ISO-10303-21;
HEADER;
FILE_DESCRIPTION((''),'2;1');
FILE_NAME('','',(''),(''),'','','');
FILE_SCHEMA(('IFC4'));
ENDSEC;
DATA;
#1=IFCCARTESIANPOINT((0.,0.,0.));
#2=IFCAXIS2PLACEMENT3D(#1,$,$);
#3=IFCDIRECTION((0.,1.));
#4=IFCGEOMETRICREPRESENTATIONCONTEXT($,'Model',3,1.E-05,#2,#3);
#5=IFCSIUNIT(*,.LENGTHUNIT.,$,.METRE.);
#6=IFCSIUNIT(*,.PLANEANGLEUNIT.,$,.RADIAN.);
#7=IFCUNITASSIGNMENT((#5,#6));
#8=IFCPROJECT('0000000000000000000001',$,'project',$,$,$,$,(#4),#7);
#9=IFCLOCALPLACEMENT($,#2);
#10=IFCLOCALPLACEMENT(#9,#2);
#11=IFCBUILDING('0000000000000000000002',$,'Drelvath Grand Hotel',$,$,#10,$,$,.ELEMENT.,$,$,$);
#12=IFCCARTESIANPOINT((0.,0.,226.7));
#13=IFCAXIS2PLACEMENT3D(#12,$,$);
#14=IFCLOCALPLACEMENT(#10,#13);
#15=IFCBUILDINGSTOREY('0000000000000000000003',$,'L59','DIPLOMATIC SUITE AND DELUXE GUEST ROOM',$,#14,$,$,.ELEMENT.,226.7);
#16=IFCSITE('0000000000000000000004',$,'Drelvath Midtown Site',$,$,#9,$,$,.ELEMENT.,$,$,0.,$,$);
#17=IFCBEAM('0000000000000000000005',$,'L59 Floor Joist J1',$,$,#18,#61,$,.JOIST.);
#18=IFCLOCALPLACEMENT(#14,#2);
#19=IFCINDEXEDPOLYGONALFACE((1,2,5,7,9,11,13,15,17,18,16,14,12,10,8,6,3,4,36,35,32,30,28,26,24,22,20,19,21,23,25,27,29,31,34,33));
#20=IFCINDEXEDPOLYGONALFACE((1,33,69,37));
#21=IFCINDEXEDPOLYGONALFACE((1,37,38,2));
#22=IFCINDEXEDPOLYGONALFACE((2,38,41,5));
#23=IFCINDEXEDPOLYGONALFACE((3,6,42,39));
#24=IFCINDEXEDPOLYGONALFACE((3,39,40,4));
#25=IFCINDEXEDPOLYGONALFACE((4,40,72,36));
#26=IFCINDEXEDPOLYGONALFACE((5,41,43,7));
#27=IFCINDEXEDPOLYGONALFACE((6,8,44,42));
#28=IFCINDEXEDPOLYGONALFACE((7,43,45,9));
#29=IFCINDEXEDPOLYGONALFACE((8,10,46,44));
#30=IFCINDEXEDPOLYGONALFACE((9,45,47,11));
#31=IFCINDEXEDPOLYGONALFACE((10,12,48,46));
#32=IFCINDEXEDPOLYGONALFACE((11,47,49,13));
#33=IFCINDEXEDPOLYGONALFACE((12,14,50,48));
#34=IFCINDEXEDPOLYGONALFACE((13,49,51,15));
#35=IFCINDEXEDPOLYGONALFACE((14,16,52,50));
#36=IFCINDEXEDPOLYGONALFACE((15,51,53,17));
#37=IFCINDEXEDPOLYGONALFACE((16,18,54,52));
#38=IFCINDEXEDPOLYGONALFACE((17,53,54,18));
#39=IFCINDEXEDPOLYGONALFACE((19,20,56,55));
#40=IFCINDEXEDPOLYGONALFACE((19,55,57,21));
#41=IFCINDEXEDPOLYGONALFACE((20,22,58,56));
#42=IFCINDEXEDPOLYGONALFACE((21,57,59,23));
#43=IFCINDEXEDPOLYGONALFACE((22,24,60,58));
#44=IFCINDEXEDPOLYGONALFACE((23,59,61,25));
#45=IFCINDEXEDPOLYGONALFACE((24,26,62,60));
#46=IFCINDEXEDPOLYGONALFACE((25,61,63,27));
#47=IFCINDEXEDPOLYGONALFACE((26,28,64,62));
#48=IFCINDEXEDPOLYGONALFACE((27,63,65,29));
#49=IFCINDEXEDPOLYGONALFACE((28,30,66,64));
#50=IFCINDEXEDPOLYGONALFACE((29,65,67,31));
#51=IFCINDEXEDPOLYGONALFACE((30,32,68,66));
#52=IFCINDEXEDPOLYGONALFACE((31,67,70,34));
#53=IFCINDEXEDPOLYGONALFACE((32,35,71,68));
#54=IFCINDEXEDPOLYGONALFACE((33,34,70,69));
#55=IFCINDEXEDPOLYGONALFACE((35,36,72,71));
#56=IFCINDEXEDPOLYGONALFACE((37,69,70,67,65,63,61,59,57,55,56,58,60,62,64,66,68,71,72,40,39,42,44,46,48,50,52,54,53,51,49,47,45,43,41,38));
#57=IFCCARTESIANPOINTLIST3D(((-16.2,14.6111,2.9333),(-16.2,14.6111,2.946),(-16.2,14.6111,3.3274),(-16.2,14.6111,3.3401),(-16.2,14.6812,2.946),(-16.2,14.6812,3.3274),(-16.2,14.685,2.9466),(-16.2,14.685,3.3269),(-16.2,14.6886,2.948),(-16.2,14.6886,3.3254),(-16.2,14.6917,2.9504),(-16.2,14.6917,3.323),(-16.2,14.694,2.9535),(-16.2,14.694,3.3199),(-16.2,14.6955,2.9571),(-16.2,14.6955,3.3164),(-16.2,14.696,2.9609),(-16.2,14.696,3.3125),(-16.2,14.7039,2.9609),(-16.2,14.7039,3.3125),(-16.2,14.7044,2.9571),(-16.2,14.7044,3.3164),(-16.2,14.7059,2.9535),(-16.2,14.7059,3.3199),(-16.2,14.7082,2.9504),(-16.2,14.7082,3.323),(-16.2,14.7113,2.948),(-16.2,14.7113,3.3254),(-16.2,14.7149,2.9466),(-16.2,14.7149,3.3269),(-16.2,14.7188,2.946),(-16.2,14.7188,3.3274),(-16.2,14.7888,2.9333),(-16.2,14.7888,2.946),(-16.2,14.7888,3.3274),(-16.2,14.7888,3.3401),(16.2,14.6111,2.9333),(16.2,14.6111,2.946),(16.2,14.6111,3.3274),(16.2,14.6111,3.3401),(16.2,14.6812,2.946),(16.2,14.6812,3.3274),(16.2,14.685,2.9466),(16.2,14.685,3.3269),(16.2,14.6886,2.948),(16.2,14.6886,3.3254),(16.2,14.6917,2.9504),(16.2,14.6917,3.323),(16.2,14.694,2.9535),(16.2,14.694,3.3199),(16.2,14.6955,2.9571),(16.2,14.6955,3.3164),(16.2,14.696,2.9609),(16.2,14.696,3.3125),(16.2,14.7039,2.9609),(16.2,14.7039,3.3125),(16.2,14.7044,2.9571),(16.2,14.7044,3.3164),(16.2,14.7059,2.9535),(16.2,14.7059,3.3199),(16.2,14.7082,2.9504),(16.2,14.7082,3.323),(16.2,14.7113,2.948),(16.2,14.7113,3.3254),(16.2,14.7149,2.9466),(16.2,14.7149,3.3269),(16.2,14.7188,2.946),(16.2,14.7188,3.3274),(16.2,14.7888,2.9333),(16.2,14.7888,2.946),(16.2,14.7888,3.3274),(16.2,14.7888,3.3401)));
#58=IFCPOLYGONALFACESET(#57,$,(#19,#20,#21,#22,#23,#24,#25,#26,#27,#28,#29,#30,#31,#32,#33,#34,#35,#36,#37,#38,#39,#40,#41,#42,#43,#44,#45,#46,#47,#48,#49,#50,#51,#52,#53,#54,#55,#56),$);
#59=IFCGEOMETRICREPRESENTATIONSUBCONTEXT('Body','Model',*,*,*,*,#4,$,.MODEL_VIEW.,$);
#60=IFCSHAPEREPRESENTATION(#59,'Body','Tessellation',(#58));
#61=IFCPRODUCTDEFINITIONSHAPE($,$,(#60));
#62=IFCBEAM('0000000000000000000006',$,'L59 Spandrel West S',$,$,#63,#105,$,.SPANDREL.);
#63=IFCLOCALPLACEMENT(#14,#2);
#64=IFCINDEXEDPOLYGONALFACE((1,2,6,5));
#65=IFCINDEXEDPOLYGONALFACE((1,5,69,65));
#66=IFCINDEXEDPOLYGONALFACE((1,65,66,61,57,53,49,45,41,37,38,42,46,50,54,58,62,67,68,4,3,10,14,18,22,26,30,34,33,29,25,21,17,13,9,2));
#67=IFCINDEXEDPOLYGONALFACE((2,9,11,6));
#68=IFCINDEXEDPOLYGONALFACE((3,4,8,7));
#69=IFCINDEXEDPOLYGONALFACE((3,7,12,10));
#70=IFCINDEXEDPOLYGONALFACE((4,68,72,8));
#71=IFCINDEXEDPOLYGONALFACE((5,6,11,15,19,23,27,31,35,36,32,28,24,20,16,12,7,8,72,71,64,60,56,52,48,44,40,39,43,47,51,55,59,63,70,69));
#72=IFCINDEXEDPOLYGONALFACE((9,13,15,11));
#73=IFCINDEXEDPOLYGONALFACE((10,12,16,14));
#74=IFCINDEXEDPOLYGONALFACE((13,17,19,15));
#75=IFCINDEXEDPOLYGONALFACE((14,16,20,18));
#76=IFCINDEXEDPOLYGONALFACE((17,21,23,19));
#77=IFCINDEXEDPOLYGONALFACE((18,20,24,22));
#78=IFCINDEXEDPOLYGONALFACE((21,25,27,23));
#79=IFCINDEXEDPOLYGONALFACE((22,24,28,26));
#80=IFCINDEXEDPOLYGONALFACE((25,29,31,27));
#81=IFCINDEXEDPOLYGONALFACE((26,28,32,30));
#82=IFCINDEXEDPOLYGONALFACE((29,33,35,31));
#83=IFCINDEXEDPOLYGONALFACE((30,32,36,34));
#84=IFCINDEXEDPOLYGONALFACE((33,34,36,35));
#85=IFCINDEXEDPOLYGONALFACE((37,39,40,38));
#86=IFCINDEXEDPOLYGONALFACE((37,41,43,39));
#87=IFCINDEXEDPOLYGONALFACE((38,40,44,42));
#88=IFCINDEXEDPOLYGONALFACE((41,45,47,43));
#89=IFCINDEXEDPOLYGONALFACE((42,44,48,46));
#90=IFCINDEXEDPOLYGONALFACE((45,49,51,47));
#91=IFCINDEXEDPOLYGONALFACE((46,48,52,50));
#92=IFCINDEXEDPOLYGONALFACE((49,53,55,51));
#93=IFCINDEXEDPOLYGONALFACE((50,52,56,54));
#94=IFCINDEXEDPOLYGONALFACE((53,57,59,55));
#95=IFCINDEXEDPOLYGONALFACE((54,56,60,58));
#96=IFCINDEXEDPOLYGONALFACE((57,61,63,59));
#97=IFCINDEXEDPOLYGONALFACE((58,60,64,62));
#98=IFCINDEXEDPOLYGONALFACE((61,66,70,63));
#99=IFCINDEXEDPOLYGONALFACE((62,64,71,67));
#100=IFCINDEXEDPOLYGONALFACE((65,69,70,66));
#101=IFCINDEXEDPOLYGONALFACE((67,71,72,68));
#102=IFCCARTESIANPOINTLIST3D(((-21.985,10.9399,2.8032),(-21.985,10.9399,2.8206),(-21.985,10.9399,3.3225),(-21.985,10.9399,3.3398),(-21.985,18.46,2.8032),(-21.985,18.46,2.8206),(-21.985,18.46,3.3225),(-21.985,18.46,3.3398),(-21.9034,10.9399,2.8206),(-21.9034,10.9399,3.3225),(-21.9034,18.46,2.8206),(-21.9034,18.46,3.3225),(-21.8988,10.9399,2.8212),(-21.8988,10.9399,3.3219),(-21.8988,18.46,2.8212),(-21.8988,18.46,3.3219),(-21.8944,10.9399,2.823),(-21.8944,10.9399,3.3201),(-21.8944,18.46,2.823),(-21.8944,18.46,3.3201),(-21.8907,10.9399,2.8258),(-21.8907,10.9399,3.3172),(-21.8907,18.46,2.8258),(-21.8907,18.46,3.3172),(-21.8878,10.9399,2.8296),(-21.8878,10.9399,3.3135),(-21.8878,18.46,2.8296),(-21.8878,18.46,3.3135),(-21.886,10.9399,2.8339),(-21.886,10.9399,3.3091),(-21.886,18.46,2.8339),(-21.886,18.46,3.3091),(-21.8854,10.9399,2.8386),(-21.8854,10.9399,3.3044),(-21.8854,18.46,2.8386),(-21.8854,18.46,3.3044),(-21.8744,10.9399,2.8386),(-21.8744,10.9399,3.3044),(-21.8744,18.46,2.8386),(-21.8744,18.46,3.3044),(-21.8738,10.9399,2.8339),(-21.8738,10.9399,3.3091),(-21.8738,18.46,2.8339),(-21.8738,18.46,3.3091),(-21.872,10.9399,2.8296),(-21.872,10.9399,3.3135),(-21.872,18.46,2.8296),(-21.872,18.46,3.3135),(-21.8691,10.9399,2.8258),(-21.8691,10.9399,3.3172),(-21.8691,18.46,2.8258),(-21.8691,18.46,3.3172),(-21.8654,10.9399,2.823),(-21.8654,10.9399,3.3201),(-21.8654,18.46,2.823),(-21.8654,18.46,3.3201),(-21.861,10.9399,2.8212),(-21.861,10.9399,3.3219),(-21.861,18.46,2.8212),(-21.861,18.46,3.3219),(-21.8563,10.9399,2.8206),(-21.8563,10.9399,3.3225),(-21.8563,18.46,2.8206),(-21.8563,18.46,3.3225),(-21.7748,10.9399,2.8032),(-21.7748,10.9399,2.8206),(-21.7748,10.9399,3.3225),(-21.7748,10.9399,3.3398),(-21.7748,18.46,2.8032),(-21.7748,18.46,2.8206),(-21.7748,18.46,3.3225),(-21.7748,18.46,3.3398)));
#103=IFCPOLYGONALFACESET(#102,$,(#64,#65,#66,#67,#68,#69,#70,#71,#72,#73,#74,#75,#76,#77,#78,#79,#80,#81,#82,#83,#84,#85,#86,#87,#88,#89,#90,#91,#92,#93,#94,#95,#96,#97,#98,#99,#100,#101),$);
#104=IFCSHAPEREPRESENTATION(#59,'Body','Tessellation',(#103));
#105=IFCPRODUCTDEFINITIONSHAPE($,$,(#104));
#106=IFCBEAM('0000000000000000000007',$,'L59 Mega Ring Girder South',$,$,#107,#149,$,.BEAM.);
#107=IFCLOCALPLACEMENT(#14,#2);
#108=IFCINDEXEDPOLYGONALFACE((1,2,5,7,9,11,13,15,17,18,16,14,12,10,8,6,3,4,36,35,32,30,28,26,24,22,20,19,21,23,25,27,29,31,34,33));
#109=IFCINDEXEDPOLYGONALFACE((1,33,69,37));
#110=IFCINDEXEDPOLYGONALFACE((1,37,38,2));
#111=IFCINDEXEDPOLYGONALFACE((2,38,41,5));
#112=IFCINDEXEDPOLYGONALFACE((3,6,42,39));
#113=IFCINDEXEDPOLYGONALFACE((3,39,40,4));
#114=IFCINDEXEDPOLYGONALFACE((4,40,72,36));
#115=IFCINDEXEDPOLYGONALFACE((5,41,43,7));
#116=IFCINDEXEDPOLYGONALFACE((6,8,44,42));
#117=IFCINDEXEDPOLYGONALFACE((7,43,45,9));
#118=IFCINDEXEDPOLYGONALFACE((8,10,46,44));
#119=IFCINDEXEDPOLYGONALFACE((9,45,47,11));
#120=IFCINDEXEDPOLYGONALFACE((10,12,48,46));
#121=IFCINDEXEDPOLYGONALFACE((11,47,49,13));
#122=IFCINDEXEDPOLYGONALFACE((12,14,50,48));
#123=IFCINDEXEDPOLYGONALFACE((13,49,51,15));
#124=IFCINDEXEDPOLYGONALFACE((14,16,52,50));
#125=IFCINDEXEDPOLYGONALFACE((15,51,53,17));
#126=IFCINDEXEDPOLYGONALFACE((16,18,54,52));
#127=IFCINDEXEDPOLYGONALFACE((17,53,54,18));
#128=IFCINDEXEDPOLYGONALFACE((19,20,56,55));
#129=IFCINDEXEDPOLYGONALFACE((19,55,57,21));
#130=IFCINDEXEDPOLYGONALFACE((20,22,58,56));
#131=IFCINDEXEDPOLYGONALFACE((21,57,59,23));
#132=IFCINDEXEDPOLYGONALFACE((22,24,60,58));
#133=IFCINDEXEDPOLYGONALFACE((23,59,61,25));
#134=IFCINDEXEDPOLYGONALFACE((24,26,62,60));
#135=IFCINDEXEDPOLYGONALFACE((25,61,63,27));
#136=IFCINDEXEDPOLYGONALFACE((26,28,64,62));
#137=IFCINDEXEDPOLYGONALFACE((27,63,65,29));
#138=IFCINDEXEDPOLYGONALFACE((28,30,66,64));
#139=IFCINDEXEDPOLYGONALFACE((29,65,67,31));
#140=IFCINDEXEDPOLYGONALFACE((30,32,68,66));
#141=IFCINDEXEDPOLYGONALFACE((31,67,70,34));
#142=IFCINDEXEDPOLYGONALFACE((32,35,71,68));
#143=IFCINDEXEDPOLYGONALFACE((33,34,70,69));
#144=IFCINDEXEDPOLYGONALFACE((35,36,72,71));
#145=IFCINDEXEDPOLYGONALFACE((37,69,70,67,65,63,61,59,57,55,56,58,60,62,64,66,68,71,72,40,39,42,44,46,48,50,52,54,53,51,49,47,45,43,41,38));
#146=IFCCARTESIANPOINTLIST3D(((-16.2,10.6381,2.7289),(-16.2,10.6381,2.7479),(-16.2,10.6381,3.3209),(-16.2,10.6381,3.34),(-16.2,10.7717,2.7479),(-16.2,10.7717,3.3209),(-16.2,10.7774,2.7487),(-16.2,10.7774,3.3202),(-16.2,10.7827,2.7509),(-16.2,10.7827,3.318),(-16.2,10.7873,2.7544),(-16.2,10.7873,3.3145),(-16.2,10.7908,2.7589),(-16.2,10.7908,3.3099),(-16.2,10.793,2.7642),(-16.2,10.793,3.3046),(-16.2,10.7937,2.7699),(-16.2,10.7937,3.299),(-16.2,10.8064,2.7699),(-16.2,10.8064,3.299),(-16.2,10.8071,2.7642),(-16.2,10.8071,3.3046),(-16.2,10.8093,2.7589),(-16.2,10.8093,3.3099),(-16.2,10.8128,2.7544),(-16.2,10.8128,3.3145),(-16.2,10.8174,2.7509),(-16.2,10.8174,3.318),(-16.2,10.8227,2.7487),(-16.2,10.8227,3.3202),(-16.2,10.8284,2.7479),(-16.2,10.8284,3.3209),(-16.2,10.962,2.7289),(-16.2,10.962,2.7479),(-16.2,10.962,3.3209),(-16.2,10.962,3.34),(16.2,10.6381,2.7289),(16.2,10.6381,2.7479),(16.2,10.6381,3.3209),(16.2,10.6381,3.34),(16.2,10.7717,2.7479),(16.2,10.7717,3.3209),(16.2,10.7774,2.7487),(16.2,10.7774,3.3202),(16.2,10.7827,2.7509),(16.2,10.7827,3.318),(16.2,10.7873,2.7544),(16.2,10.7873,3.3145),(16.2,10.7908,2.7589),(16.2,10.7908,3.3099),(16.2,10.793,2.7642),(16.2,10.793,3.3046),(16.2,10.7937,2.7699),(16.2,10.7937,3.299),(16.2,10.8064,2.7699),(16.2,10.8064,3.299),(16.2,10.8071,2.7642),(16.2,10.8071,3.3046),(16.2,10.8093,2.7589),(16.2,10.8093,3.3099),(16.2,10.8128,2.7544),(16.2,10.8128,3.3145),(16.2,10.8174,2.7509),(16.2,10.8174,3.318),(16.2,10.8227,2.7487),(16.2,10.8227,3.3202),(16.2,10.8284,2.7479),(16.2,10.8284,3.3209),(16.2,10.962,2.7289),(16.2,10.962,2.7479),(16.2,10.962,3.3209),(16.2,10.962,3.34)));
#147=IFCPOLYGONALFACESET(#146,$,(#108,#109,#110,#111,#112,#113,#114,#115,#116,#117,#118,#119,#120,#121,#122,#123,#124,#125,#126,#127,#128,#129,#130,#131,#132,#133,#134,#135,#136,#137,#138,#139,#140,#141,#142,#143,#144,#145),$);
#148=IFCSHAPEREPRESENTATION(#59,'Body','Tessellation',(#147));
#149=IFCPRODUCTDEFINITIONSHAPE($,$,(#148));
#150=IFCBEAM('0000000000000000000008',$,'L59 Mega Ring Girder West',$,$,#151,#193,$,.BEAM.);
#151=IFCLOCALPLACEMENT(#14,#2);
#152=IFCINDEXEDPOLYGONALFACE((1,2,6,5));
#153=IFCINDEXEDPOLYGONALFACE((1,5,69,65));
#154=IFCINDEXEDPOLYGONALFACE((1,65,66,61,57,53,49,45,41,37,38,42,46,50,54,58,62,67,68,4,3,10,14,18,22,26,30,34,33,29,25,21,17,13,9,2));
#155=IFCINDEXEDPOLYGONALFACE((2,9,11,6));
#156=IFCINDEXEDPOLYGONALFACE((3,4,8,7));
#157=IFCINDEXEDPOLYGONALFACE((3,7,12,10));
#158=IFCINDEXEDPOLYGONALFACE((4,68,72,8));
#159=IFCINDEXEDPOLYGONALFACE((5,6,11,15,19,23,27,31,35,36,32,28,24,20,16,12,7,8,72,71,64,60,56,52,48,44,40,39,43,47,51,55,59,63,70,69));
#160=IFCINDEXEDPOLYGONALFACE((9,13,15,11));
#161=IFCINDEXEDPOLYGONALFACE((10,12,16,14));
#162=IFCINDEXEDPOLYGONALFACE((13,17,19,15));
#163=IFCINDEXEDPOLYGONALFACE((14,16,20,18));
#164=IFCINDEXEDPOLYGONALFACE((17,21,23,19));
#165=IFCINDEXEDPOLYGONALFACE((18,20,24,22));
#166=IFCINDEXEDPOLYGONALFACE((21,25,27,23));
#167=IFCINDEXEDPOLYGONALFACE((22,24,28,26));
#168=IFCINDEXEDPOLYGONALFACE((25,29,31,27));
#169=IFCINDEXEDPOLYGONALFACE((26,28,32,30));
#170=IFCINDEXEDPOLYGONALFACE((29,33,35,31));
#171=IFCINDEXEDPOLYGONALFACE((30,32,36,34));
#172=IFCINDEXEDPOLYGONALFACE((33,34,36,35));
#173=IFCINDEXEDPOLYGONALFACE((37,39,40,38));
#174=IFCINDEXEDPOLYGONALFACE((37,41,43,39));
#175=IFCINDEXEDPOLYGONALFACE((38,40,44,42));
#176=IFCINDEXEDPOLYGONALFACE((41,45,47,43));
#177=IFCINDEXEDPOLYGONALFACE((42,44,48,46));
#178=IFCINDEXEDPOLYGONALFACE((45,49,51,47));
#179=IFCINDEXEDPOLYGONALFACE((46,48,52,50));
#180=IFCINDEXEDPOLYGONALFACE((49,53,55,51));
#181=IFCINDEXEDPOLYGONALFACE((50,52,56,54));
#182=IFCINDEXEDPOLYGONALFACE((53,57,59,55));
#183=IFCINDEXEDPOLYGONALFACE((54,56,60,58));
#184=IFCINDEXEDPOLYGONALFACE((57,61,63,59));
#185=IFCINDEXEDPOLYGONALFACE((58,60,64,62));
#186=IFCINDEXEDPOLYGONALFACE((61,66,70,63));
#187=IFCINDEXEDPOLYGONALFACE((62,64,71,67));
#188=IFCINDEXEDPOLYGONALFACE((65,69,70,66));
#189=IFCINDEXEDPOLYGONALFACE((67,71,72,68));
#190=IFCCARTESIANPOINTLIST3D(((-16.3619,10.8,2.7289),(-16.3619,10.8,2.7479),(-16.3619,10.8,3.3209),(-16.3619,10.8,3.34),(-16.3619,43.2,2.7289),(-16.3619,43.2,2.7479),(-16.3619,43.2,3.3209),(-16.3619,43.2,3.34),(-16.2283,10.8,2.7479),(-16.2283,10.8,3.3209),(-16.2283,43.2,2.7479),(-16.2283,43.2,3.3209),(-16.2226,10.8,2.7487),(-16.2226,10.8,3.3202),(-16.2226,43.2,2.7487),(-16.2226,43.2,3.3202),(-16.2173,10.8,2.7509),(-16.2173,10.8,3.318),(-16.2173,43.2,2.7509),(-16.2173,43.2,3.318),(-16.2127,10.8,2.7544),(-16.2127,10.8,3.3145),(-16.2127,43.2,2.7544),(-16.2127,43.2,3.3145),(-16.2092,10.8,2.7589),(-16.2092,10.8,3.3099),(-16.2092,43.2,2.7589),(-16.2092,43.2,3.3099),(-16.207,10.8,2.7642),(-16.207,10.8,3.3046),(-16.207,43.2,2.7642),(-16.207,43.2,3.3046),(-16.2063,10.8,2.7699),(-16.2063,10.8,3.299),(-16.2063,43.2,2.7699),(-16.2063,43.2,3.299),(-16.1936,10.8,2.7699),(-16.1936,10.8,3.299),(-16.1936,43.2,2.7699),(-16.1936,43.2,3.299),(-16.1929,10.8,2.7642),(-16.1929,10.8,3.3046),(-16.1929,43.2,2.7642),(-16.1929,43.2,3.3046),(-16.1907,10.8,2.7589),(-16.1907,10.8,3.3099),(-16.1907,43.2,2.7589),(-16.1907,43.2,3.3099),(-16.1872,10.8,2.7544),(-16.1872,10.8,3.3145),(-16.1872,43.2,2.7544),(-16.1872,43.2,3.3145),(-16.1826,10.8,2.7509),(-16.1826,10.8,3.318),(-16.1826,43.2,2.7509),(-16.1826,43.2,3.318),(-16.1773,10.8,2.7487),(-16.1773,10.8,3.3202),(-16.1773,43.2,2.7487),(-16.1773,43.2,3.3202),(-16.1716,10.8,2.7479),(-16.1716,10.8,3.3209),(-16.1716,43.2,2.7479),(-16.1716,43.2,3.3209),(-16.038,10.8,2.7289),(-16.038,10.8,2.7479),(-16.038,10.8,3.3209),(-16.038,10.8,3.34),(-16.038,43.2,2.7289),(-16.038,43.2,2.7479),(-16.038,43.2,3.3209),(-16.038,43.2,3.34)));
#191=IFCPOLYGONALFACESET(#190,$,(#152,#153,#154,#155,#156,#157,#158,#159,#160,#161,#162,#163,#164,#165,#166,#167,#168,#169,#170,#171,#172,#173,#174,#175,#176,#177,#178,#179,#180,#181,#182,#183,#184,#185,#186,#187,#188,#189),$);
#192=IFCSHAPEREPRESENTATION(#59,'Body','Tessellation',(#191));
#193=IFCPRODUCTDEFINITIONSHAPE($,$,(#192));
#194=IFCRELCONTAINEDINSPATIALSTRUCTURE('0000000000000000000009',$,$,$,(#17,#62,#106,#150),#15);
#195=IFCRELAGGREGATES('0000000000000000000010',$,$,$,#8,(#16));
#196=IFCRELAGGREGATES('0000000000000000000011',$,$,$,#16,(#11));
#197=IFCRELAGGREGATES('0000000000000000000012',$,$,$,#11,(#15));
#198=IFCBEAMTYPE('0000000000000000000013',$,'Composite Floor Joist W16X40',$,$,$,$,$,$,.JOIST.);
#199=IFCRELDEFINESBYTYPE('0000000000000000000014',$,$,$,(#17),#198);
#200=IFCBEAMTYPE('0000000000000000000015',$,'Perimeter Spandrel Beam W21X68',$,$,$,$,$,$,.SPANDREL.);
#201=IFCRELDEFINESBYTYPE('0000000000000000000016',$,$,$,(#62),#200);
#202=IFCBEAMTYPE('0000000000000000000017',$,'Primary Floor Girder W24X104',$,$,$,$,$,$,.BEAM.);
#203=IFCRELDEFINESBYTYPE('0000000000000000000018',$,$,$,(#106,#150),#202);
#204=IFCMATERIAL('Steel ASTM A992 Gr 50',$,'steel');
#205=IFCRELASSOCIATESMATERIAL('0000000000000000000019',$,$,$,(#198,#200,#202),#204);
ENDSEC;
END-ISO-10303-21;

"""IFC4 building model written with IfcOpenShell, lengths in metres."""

from ifc_helpers import new_model, si_unit, direction, frame, origin, origin_2d, place, context, subcontext, project, spatial, i_section, extrude, material, material_profile, profile_set, type_object, element, save


model = new_model("IFC4")

# Units and contexts
model_context = context("Model", 3, precision=1e-05, world=origin(), true_north=direction((0.0, 1.0)))
body_context = subcontext(model_context, "Body", "Model", "MODEL_VIEW")
ifc_project = project(units=[si_unit("LENGTHUNIT", "METRE"), si_unit("PLANEANGLEUNIT", "RADIAN")], contexts=[model_context])

# Site, building, storey
site_placement = place(None, origin())
site = spatial("IfcSite", under=ifc_project, at=site_placement, Name="Drelvath Midtown Site", CompositionType="ELEMENT", RefElevation=0.0)
building_placement = place(site_placement, origin())
building = spatial("IfcBuilding", under=site, at=building_placement, Name="Drelvath Grand Hotel", CompositionType="ELEMENT")
storey_placement = place(building_placement, frame((0.0, 0.0, 226.7)))
storey = spatial("IfcBuildingStorey", under=building, at=storey_placement, Name="L59", Description="DIPLOMATIC SUITE AND DELUXE GUEST ROOM", CompositionType="ELEMENT", Elevation=226.7)

# Beams
ifc_material_1 = material(Name="Steel ASTM A992 Gr 50", Category="steel")
ifc_material_profile_1 = material_profile(ifc_material_1, i_section(OverallWidth=0.1777, OverallDepth=0.4067, WebThickness=0.0078, FlangeThickness=0.0127, FilletRadius=0.0149, at=origin_2d()), Name="W16X40")
ifc_profile_set_1 = profile_set([ifc_material_profile_1], Name="Steel ASTM A992 Gr 50")
beam_type_1 = type_object("IfcBeamType", Name="Composite Floor Joist W16X40", PredefinedType="JOIST", material=ifc_profile_set_1)
beam_1_placement = place(storey_placement, frame((-16.2, 14.7, 3.1367), z_axis=(1.0, 0.0, 0.0), x_axis=(0.0, 1.0, 0.0)))
element("IfcBeam", 1, at=beam_1_placement, inside=storey, type_object=beam_type_1, Name="L59 Floor Joist J1", PredefinedType="JOIST", context=body_context, shape_type="SweptSolid", body=[
    extrude(i_section(OverallWidth=0.1777, OverallDepth=0.4067, WebThickness=0.0078, FlangeThickness=0.0127, FilletRadius=0.0149, at=origin_2d()), origin(), (0.0, 0.0, 1.0), 32.3999),
])
ifc_material_profile_2 = material_profile(ifc_material_1, i_section(OverallWidth=0.2102, OverallDepth=0.5366, WebThickness=0.011, FlangeThickness=0.0173, FilletRadius=0.0181, at=origin_2d()), Name="W21X68")
ifc_profile_set_2 = profile_set([ifc_material_profile_2], Name="Steel ASTM A992 Gr 50")
beam_type_2 = type_object("IfcBeamType", Name="Perimeter Spandrel Beam W21X68", PredefinedType="SPANDREL", material=ifc_profile_set_2)
beam_2_placement = place(storey_placement, frame((-21.8799, 10.9399, 3.0715), z_axis=(0.0, 1.0, 0.0), x_axis=(-1.0, 0.0, 0.0)))
element("IfcBeam", 2, at=beam_2_placement, inside=storey, type_object=beam_type_2, Name="L59 Spandrel West S", PredefinedType="SPANDREL", context=body_context, shape_type="SweptSolid", body=[
    extrude(i_section(OverallWidth=0.2102, OverallDepth=0.5366, WebThickness=0.011, FlangeThickness=0.0173, FilletRadius=0.0181, at=origin_2d()), origin(), (0.0, 0.0, 1.0), 7.52),
])
ifc_material_profile_3 = material_profile(ifc_material_1, i_section(OverallWidth=0.324, OverallDepth=0.6111, WebThickness=0.0127, FlangeThickness=0.019, FilletRadius=0.022, at=origin_2d()), Name="W24X104")
ifc_profile_set_3 = profile_set([ifc_material_profile_3], Name="Steel ASTM A992 Gr 50")
beam_type_3 = type_object("IfcBeamType", Name="Primary Floor Girder W24X104", PredefinedType="BEAM", material=ifc_profile_set_3)
for number, where, z_axis, x_axis, name in (
    (3, (-16.2, 10.8, 3.0344), (1.0, 0.0, 0.0), (0.0, 1.0, 0.0), "L59 Mega Ring Girder South"),
    (4, (-16.2, 10.8, 3.0344), (0.0, 1.0, 0.0), (-1.0, 0.0, 0.0), "L59 Mega Ring Girder West"),
):
    element("IfcBeam", number, at=place(storey_placement, frame(where, z_axis=z_axis, x_axis=x_axis)), inside=storey, type_object=beam_type_3, Name=name, PredefinedType="BEAM", context=body_context, shape_type="SweptSolid", body=[
        extrude(i_section(OverallWidth=0.324, OverallDepth=0.6111, WebThickness=0.0127, FlangeThickness=0.019, FilletRadius=0.022, at=origin_2d()), origin(), (0.0, 0.0, 1.0), 32.3999),
    ])

save(model, "model.ifc")
